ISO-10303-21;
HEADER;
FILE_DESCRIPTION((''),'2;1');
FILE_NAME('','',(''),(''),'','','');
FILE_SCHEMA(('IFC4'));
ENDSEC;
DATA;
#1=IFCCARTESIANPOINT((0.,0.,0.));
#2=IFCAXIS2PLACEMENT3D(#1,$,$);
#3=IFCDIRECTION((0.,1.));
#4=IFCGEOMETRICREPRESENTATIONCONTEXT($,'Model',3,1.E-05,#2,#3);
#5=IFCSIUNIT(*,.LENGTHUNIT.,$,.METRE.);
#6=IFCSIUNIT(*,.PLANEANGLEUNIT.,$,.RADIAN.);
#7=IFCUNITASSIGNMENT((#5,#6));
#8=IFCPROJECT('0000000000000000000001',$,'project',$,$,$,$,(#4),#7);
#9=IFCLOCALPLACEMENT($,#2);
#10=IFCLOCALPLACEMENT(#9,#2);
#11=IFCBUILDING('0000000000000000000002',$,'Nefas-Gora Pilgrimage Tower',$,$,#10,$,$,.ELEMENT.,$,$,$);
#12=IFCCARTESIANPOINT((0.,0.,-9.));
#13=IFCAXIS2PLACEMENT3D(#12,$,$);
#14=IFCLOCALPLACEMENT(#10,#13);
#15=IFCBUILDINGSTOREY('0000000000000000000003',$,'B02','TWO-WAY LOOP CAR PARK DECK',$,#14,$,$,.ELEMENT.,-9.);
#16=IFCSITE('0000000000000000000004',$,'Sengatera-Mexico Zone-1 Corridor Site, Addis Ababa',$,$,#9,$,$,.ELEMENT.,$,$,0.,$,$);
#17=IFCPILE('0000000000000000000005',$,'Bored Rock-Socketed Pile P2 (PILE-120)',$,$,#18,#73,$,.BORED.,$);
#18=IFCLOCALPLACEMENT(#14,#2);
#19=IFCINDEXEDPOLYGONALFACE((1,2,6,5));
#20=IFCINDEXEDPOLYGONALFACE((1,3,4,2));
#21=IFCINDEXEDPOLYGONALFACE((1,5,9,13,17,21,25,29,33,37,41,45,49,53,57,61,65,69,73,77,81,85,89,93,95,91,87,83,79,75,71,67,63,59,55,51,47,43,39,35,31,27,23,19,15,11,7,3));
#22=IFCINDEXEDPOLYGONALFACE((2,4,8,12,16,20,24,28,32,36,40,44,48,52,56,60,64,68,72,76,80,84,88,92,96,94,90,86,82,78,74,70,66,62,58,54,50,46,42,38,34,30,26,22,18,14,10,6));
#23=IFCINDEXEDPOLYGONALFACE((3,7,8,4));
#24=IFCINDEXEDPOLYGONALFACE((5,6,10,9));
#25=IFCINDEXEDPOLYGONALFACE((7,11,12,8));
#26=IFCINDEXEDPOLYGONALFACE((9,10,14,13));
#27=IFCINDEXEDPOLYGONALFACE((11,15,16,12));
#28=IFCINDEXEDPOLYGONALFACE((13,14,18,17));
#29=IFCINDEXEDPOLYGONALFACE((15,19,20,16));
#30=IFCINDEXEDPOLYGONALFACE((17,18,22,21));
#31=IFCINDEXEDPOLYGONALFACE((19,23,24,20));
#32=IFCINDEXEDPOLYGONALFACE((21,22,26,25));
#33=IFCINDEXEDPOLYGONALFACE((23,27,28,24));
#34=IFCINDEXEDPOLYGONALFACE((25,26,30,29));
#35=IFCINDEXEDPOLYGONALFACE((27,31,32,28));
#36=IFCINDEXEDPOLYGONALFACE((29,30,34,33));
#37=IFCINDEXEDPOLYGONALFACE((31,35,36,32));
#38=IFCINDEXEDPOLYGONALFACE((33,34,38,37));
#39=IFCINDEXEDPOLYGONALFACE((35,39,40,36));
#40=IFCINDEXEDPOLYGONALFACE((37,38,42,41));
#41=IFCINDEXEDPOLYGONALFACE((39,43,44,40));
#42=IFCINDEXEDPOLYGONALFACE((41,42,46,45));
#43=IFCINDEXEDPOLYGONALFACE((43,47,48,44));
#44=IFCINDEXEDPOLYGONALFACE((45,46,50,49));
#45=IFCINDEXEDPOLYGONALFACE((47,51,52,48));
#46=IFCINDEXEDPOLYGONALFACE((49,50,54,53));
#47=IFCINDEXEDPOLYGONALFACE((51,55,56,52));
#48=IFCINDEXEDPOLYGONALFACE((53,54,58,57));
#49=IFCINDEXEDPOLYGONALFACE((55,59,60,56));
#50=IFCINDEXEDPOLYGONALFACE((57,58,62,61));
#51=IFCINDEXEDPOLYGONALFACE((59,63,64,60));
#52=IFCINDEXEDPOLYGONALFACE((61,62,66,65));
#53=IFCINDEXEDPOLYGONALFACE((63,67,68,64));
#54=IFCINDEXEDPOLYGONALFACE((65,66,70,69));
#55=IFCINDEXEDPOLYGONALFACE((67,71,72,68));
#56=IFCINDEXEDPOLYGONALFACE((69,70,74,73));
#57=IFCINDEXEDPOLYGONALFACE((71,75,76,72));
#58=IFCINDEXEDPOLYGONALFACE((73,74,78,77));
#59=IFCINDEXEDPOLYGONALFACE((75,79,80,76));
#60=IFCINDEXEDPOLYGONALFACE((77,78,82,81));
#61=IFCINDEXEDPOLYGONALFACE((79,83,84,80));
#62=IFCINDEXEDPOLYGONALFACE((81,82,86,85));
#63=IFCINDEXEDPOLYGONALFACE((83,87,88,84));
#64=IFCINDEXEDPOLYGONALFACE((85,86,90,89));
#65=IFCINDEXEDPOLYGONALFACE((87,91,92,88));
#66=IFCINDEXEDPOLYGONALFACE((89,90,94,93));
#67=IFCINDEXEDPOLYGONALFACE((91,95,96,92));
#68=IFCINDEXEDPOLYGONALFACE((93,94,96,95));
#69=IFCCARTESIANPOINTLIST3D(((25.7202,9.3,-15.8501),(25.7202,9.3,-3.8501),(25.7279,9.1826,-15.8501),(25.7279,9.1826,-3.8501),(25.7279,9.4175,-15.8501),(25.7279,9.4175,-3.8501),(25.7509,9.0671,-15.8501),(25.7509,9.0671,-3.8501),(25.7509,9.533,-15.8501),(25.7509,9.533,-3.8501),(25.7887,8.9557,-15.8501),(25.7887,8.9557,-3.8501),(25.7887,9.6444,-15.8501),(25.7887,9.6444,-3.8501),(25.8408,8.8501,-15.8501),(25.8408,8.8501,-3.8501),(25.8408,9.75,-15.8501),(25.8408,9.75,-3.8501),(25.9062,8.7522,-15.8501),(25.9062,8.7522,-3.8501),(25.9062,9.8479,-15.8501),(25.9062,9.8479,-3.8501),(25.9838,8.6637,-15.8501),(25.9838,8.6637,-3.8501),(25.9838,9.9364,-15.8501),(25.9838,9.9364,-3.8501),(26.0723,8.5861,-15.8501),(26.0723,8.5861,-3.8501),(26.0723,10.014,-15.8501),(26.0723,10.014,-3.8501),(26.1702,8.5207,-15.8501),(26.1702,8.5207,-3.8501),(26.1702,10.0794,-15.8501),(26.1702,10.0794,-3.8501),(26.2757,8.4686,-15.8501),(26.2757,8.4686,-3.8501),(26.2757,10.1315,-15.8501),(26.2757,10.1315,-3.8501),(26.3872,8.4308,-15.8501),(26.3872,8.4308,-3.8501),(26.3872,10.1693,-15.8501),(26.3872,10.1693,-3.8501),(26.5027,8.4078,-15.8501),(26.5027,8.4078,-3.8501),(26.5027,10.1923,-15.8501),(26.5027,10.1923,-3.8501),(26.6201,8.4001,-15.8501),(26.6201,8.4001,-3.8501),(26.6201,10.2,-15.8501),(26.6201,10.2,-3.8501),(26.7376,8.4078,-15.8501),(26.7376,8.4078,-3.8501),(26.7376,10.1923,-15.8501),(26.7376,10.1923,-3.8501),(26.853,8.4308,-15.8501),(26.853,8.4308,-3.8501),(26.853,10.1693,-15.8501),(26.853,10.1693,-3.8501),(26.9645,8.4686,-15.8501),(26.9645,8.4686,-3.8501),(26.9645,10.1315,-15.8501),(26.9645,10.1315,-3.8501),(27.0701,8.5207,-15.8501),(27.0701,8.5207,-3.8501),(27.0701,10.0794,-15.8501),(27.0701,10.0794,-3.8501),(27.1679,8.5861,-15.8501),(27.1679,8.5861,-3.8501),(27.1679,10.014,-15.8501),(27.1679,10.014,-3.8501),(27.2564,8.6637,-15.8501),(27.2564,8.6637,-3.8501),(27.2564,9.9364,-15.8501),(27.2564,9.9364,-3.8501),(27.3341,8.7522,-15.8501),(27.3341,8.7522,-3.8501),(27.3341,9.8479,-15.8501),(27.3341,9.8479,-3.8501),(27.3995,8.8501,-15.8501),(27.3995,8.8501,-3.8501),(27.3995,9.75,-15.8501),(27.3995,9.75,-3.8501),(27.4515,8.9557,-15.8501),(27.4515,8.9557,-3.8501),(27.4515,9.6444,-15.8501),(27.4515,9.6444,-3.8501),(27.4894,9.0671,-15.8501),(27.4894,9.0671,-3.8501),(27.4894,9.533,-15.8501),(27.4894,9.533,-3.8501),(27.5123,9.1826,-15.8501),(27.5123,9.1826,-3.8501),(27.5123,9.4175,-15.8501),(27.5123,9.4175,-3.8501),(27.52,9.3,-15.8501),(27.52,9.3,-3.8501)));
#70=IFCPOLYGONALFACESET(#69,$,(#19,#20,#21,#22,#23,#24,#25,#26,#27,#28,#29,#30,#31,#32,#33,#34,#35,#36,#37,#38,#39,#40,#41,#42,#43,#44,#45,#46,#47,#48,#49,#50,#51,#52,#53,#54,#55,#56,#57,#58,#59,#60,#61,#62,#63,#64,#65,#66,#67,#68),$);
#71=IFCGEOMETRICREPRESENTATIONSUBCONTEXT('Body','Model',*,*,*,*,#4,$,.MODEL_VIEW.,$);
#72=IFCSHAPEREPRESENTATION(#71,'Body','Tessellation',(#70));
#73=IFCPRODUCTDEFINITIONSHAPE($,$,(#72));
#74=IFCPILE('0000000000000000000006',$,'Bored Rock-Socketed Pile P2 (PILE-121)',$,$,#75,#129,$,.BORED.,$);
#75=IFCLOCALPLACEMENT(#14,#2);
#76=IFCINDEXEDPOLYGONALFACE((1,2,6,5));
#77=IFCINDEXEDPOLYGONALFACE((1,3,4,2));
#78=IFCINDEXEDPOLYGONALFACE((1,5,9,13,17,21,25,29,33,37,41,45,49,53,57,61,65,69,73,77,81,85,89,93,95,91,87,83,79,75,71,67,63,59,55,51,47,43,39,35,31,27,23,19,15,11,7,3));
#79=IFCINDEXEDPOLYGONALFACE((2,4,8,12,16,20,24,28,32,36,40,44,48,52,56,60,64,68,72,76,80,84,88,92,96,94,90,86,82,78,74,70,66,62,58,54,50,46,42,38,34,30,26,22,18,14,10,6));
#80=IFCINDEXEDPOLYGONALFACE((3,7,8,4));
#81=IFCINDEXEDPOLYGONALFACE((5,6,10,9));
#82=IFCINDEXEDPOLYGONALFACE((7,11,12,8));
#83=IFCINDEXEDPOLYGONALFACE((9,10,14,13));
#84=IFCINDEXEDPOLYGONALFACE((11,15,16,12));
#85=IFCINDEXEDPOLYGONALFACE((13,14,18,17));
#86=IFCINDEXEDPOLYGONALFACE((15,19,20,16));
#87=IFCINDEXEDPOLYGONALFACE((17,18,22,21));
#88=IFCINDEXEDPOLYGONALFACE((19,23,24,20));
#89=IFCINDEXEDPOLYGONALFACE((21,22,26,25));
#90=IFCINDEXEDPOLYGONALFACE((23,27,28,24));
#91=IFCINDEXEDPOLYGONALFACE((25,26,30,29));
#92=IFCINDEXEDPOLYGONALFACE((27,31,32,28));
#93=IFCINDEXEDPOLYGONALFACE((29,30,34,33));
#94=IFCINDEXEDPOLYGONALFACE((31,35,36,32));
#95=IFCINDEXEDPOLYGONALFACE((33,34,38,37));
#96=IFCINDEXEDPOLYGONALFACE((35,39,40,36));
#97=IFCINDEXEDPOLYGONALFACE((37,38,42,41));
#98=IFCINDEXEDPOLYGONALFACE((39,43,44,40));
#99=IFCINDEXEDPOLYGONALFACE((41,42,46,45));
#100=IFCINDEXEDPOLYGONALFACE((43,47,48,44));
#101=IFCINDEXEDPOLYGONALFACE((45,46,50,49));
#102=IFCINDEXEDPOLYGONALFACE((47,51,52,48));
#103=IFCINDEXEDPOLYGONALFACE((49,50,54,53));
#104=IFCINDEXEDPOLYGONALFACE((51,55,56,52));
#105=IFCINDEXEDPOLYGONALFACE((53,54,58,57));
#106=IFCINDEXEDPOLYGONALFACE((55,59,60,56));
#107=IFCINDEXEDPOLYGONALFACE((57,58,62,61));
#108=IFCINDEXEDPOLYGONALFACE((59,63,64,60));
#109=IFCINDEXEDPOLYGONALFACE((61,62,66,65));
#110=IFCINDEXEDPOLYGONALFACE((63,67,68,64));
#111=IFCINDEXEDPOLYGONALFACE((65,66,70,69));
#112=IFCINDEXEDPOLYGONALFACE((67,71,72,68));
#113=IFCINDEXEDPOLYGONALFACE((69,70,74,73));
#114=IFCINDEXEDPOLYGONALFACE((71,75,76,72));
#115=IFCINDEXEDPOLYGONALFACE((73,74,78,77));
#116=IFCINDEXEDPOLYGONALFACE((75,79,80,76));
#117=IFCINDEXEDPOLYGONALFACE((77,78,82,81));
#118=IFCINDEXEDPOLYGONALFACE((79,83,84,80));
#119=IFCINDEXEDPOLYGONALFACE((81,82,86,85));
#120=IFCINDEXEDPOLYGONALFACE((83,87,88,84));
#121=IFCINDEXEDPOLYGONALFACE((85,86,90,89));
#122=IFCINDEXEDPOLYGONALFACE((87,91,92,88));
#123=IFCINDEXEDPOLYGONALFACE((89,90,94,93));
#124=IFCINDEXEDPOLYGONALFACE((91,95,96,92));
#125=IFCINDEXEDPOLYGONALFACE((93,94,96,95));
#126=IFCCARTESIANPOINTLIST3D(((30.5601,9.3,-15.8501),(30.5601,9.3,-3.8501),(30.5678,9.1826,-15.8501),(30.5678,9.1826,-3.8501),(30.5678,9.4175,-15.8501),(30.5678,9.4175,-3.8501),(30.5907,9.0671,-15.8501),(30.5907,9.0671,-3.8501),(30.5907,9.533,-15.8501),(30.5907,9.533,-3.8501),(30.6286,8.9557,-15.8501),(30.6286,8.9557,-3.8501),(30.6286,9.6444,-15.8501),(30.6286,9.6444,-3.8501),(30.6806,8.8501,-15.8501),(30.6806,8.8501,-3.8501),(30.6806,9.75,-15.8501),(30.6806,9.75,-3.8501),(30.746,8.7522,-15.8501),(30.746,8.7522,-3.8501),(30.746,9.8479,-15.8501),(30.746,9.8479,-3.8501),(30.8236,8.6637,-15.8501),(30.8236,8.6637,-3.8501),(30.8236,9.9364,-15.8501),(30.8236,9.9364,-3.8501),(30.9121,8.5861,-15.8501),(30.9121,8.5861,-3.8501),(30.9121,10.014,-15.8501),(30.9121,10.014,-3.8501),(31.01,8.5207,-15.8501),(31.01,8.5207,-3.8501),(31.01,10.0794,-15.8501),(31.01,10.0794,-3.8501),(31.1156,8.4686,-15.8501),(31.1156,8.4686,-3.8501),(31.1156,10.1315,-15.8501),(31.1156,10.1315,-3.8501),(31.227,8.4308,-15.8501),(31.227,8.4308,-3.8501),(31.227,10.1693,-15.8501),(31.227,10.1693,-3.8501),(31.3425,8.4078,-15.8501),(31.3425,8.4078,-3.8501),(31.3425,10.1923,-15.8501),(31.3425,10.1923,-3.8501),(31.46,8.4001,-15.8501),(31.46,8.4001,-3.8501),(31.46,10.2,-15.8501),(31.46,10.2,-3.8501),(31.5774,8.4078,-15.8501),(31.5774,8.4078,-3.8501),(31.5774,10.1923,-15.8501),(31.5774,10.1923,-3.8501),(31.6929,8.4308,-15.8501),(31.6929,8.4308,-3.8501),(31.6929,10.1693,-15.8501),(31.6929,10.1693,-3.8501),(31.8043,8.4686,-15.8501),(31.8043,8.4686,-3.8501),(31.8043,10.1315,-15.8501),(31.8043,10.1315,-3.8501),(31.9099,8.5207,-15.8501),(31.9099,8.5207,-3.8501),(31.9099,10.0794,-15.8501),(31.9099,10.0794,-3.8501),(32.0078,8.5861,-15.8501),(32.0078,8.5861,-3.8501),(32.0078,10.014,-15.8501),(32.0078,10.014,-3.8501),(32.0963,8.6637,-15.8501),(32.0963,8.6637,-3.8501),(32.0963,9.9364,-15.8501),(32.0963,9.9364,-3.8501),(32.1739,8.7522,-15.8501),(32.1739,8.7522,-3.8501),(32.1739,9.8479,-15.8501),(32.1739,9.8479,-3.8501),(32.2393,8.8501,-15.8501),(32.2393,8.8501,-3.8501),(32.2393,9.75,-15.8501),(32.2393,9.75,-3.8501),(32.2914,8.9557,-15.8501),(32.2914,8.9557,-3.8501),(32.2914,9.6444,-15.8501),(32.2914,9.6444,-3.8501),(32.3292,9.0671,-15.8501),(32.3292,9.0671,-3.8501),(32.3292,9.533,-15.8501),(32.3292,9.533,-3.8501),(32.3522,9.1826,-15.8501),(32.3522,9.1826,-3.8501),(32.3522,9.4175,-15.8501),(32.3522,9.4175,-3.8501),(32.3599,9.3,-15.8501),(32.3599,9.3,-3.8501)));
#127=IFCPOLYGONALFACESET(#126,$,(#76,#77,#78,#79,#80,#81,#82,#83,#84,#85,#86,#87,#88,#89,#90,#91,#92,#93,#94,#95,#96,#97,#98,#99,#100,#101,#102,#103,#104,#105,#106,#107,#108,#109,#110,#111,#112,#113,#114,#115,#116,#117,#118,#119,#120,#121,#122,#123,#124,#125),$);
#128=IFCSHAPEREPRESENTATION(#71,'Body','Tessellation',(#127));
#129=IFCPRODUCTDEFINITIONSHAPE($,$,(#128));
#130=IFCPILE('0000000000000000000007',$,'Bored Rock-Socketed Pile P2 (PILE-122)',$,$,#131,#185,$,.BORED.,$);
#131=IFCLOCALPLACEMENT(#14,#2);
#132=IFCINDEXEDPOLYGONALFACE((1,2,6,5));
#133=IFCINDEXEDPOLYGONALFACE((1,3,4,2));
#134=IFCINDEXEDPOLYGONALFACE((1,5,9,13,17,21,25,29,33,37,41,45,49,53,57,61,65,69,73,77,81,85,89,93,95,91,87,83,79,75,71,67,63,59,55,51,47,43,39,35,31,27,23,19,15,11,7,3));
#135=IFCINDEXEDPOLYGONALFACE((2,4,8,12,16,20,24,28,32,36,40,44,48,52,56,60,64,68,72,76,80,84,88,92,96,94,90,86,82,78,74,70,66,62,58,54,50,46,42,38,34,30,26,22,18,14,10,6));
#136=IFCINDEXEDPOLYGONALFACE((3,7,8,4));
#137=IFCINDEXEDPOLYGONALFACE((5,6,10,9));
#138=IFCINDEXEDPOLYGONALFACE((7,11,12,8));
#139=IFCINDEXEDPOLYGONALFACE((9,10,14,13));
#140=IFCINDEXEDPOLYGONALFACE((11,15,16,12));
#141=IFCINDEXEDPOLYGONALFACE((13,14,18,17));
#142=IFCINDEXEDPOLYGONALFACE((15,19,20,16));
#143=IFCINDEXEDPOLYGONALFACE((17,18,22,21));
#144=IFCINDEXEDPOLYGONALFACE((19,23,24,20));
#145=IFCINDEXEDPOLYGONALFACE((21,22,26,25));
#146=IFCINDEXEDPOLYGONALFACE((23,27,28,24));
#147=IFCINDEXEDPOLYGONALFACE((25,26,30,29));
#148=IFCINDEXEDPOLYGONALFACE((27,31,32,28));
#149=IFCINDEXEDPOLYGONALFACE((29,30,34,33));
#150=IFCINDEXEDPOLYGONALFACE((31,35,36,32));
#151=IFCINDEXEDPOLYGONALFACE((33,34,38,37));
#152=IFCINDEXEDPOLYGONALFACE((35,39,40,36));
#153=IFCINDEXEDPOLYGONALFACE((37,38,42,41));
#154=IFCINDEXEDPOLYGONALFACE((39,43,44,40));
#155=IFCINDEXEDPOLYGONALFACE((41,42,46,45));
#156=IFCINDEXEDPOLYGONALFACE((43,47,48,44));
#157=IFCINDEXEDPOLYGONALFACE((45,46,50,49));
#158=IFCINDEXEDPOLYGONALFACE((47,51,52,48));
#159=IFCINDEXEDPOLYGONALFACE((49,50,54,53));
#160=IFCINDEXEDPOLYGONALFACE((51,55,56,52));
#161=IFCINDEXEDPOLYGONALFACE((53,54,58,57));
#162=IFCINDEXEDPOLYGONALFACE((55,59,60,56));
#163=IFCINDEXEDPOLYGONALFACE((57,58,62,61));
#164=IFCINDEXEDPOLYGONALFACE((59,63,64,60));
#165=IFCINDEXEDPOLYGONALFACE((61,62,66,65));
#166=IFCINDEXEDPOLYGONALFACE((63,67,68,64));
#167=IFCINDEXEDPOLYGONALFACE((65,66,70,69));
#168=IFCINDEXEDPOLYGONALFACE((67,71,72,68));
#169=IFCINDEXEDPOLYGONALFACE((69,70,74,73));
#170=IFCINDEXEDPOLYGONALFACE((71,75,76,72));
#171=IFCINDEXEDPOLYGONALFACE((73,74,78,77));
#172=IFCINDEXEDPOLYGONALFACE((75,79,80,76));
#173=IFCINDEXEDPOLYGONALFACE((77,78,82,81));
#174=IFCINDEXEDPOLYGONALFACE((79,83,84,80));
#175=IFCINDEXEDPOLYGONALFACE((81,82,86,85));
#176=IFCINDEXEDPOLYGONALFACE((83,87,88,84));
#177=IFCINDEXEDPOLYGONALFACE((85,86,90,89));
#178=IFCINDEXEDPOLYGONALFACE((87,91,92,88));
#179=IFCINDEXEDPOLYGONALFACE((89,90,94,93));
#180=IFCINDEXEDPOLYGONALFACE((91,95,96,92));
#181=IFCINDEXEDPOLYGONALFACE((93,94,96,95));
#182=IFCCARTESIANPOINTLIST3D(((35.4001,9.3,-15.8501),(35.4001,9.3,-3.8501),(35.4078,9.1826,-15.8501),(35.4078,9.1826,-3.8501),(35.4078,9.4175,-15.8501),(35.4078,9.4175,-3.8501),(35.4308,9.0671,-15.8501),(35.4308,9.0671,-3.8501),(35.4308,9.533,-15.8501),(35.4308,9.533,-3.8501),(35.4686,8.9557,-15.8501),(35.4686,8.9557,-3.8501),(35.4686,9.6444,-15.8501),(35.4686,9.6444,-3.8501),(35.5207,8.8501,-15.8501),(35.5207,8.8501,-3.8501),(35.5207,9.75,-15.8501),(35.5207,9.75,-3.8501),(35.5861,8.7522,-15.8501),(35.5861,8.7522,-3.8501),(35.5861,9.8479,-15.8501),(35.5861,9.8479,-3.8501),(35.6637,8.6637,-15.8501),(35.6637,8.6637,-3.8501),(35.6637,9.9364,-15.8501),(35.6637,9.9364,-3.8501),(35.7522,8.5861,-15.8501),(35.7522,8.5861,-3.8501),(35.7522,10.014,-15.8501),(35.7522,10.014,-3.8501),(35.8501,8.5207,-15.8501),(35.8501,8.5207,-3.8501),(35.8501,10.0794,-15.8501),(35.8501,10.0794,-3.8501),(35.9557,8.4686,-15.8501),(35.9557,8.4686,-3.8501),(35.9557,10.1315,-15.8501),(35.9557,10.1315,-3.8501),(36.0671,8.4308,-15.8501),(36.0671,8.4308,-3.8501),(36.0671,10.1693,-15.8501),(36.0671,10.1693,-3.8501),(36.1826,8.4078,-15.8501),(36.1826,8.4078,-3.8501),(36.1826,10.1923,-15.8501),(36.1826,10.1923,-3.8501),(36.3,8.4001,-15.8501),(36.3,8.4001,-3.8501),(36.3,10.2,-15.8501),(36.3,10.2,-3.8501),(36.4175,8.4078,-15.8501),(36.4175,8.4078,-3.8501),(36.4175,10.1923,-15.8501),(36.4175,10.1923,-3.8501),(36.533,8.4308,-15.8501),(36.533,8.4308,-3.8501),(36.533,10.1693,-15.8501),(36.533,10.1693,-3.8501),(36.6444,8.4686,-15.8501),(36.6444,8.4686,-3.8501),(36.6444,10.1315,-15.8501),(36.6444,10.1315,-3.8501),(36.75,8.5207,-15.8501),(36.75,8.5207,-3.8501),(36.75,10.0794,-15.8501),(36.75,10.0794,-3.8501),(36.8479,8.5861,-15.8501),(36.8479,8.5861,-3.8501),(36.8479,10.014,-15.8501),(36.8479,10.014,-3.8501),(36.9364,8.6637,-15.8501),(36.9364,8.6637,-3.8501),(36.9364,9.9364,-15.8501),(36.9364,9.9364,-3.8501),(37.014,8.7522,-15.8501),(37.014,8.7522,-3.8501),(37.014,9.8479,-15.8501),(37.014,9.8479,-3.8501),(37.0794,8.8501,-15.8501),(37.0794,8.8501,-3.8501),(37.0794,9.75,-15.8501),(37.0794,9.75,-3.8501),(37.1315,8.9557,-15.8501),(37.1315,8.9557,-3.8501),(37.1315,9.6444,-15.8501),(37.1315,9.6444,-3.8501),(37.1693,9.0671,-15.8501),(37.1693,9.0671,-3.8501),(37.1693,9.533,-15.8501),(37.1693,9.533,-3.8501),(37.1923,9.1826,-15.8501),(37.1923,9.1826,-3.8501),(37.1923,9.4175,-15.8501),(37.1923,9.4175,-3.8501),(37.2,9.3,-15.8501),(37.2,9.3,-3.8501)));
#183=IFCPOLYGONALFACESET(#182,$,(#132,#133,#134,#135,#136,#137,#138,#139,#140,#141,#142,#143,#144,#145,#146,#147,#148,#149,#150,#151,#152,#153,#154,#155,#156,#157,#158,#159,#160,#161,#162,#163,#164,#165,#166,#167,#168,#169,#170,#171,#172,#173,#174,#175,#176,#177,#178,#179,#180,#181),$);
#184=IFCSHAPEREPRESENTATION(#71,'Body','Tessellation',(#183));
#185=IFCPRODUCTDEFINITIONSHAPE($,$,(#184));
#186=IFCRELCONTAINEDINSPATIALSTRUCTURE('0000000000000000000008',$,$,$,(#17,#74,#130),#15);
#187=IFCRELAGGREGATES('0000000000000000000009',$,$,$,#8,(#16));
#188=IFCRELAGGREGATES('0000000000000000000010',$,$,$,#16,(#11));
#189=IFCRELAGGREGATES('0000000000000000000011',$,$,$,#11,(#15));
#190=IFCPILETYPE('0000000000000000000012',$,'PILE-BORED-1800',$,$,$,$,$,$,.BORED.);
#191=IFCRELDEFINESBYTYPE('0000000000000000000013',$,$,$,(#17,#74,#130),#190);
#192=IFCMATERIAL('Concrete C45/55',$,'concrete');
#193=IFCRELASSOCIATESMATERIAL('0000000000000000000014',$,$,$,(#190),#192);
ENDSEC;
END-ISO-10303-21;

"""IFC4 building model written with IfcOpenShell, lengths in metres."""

from ifc_helpers import new_model, si_unit, direction, frame, origin, origin_2d, place, context, subcontext, project, spatial, circle, extrude, source, transform, mapped, material, material_profile, profile_set, type_object, element, save


model = new_model("IFC4")

# Units and contexts
model_context = context("Model", 3, precision=1e-05, world=origin(), true_north=direction((0.0, 1.0)))
body_context = subcontext(model_context, "Body", "Model", "MODEL_VIEW")
ifc_project = project(units=[si_unit("LENGTHUNIT", "METRE"), si_unit("PLANEANGLEUNIT", "RADIAN")], contexts=[model_context])

# Site, building, storey
site_placement = place(None, origin())
site = spatial("IfcSite", under=ifc_project, at=site_placement, Name="Sengatera-Mexico Zone-1 Corridor Site, Addis Ababa", CompositionType="ELEMENT", RefElevation=0.0)
building_placement = place(site_placement, origin())
building = spatial("IfcBuilding", under=site, at=building_placement, Name="Nefas-Gora Pilgrimage Tower", CompositionType="ELEMENT")
storey_placement = place(building_placement, frame((0.0, 0.0, -9.0)))
storey = spatial("IfcBuildingStorey", under=building, at=storey_placement, Name="B02", Description="TWO-WAY LOOP CAR PARK DECK", CompositionType="ELEMENT", Elevation=-9.0)

# Piles
ifc_material_1 = material(Name="Concrete C45/55", Category="concrete")
ifc_material_profile_1 = material_profile(ifc_material_1, circle(Radius=0.8999, at=origin_2d()), Name="PILE D1800")
ifc_profile_set_1 = profile_set([ifc_material_profile_1], Name="Concrete C45/55")
pile_type = type_object("IfcPileType", Name="PILE-BORED-1800", PredefinedType="BORED", material=ifc_profile_set_1)
shared_shape_1 = source(origin(), body_context, "Body", "SweptSolid", [
    extrude(circle(Radius=0.8999, at=origin_2d()), origin(), (0.0, 0.0, 1.0), 12.0),
])
for number, where, z_axis, x_axis, name in (
    (1, (26.6201, 9.3, -3.8501), (0.0, 0.0, -1.0), (1.0, 0.0, 0.0), "Bored Rock-Socketed Pile P2 (PILE-120)"),
    (2, (31.46, 9.3, -3.8501), (0.0, 0.0, -1.0), (1.0, 0.0, 0.0), "Bored Rock-Socketed Pile P2 (PILE-121)"),
    (3, (36.3, 9.3, -3.8501), (0.0, 0.0, -1.0), (1.0, 0.0, 0.0), "Bored Rock-Socketed Pile P2 (PILE-122)"),
):
    element("IfcPile", number, at=place(storey_placement, frame(where, z_axis=z_axis, x_axis=x_axis)), inside=storey, type_object=pile_type, Name=name, PredefinedType="BORED", context=body_context, shape_type="MappedRepresentation", body=[
        mapped(shared_shape_1, transform((0.0, 0.0, 0.0), x_axis=(1.0, 0.0, 0.0), y_axis=(0.0, 1.0, 0.0), z_axis=(0.0, 0.0, 1.0), scale=1.0)),
    ])

save(model, "model.ifc")
